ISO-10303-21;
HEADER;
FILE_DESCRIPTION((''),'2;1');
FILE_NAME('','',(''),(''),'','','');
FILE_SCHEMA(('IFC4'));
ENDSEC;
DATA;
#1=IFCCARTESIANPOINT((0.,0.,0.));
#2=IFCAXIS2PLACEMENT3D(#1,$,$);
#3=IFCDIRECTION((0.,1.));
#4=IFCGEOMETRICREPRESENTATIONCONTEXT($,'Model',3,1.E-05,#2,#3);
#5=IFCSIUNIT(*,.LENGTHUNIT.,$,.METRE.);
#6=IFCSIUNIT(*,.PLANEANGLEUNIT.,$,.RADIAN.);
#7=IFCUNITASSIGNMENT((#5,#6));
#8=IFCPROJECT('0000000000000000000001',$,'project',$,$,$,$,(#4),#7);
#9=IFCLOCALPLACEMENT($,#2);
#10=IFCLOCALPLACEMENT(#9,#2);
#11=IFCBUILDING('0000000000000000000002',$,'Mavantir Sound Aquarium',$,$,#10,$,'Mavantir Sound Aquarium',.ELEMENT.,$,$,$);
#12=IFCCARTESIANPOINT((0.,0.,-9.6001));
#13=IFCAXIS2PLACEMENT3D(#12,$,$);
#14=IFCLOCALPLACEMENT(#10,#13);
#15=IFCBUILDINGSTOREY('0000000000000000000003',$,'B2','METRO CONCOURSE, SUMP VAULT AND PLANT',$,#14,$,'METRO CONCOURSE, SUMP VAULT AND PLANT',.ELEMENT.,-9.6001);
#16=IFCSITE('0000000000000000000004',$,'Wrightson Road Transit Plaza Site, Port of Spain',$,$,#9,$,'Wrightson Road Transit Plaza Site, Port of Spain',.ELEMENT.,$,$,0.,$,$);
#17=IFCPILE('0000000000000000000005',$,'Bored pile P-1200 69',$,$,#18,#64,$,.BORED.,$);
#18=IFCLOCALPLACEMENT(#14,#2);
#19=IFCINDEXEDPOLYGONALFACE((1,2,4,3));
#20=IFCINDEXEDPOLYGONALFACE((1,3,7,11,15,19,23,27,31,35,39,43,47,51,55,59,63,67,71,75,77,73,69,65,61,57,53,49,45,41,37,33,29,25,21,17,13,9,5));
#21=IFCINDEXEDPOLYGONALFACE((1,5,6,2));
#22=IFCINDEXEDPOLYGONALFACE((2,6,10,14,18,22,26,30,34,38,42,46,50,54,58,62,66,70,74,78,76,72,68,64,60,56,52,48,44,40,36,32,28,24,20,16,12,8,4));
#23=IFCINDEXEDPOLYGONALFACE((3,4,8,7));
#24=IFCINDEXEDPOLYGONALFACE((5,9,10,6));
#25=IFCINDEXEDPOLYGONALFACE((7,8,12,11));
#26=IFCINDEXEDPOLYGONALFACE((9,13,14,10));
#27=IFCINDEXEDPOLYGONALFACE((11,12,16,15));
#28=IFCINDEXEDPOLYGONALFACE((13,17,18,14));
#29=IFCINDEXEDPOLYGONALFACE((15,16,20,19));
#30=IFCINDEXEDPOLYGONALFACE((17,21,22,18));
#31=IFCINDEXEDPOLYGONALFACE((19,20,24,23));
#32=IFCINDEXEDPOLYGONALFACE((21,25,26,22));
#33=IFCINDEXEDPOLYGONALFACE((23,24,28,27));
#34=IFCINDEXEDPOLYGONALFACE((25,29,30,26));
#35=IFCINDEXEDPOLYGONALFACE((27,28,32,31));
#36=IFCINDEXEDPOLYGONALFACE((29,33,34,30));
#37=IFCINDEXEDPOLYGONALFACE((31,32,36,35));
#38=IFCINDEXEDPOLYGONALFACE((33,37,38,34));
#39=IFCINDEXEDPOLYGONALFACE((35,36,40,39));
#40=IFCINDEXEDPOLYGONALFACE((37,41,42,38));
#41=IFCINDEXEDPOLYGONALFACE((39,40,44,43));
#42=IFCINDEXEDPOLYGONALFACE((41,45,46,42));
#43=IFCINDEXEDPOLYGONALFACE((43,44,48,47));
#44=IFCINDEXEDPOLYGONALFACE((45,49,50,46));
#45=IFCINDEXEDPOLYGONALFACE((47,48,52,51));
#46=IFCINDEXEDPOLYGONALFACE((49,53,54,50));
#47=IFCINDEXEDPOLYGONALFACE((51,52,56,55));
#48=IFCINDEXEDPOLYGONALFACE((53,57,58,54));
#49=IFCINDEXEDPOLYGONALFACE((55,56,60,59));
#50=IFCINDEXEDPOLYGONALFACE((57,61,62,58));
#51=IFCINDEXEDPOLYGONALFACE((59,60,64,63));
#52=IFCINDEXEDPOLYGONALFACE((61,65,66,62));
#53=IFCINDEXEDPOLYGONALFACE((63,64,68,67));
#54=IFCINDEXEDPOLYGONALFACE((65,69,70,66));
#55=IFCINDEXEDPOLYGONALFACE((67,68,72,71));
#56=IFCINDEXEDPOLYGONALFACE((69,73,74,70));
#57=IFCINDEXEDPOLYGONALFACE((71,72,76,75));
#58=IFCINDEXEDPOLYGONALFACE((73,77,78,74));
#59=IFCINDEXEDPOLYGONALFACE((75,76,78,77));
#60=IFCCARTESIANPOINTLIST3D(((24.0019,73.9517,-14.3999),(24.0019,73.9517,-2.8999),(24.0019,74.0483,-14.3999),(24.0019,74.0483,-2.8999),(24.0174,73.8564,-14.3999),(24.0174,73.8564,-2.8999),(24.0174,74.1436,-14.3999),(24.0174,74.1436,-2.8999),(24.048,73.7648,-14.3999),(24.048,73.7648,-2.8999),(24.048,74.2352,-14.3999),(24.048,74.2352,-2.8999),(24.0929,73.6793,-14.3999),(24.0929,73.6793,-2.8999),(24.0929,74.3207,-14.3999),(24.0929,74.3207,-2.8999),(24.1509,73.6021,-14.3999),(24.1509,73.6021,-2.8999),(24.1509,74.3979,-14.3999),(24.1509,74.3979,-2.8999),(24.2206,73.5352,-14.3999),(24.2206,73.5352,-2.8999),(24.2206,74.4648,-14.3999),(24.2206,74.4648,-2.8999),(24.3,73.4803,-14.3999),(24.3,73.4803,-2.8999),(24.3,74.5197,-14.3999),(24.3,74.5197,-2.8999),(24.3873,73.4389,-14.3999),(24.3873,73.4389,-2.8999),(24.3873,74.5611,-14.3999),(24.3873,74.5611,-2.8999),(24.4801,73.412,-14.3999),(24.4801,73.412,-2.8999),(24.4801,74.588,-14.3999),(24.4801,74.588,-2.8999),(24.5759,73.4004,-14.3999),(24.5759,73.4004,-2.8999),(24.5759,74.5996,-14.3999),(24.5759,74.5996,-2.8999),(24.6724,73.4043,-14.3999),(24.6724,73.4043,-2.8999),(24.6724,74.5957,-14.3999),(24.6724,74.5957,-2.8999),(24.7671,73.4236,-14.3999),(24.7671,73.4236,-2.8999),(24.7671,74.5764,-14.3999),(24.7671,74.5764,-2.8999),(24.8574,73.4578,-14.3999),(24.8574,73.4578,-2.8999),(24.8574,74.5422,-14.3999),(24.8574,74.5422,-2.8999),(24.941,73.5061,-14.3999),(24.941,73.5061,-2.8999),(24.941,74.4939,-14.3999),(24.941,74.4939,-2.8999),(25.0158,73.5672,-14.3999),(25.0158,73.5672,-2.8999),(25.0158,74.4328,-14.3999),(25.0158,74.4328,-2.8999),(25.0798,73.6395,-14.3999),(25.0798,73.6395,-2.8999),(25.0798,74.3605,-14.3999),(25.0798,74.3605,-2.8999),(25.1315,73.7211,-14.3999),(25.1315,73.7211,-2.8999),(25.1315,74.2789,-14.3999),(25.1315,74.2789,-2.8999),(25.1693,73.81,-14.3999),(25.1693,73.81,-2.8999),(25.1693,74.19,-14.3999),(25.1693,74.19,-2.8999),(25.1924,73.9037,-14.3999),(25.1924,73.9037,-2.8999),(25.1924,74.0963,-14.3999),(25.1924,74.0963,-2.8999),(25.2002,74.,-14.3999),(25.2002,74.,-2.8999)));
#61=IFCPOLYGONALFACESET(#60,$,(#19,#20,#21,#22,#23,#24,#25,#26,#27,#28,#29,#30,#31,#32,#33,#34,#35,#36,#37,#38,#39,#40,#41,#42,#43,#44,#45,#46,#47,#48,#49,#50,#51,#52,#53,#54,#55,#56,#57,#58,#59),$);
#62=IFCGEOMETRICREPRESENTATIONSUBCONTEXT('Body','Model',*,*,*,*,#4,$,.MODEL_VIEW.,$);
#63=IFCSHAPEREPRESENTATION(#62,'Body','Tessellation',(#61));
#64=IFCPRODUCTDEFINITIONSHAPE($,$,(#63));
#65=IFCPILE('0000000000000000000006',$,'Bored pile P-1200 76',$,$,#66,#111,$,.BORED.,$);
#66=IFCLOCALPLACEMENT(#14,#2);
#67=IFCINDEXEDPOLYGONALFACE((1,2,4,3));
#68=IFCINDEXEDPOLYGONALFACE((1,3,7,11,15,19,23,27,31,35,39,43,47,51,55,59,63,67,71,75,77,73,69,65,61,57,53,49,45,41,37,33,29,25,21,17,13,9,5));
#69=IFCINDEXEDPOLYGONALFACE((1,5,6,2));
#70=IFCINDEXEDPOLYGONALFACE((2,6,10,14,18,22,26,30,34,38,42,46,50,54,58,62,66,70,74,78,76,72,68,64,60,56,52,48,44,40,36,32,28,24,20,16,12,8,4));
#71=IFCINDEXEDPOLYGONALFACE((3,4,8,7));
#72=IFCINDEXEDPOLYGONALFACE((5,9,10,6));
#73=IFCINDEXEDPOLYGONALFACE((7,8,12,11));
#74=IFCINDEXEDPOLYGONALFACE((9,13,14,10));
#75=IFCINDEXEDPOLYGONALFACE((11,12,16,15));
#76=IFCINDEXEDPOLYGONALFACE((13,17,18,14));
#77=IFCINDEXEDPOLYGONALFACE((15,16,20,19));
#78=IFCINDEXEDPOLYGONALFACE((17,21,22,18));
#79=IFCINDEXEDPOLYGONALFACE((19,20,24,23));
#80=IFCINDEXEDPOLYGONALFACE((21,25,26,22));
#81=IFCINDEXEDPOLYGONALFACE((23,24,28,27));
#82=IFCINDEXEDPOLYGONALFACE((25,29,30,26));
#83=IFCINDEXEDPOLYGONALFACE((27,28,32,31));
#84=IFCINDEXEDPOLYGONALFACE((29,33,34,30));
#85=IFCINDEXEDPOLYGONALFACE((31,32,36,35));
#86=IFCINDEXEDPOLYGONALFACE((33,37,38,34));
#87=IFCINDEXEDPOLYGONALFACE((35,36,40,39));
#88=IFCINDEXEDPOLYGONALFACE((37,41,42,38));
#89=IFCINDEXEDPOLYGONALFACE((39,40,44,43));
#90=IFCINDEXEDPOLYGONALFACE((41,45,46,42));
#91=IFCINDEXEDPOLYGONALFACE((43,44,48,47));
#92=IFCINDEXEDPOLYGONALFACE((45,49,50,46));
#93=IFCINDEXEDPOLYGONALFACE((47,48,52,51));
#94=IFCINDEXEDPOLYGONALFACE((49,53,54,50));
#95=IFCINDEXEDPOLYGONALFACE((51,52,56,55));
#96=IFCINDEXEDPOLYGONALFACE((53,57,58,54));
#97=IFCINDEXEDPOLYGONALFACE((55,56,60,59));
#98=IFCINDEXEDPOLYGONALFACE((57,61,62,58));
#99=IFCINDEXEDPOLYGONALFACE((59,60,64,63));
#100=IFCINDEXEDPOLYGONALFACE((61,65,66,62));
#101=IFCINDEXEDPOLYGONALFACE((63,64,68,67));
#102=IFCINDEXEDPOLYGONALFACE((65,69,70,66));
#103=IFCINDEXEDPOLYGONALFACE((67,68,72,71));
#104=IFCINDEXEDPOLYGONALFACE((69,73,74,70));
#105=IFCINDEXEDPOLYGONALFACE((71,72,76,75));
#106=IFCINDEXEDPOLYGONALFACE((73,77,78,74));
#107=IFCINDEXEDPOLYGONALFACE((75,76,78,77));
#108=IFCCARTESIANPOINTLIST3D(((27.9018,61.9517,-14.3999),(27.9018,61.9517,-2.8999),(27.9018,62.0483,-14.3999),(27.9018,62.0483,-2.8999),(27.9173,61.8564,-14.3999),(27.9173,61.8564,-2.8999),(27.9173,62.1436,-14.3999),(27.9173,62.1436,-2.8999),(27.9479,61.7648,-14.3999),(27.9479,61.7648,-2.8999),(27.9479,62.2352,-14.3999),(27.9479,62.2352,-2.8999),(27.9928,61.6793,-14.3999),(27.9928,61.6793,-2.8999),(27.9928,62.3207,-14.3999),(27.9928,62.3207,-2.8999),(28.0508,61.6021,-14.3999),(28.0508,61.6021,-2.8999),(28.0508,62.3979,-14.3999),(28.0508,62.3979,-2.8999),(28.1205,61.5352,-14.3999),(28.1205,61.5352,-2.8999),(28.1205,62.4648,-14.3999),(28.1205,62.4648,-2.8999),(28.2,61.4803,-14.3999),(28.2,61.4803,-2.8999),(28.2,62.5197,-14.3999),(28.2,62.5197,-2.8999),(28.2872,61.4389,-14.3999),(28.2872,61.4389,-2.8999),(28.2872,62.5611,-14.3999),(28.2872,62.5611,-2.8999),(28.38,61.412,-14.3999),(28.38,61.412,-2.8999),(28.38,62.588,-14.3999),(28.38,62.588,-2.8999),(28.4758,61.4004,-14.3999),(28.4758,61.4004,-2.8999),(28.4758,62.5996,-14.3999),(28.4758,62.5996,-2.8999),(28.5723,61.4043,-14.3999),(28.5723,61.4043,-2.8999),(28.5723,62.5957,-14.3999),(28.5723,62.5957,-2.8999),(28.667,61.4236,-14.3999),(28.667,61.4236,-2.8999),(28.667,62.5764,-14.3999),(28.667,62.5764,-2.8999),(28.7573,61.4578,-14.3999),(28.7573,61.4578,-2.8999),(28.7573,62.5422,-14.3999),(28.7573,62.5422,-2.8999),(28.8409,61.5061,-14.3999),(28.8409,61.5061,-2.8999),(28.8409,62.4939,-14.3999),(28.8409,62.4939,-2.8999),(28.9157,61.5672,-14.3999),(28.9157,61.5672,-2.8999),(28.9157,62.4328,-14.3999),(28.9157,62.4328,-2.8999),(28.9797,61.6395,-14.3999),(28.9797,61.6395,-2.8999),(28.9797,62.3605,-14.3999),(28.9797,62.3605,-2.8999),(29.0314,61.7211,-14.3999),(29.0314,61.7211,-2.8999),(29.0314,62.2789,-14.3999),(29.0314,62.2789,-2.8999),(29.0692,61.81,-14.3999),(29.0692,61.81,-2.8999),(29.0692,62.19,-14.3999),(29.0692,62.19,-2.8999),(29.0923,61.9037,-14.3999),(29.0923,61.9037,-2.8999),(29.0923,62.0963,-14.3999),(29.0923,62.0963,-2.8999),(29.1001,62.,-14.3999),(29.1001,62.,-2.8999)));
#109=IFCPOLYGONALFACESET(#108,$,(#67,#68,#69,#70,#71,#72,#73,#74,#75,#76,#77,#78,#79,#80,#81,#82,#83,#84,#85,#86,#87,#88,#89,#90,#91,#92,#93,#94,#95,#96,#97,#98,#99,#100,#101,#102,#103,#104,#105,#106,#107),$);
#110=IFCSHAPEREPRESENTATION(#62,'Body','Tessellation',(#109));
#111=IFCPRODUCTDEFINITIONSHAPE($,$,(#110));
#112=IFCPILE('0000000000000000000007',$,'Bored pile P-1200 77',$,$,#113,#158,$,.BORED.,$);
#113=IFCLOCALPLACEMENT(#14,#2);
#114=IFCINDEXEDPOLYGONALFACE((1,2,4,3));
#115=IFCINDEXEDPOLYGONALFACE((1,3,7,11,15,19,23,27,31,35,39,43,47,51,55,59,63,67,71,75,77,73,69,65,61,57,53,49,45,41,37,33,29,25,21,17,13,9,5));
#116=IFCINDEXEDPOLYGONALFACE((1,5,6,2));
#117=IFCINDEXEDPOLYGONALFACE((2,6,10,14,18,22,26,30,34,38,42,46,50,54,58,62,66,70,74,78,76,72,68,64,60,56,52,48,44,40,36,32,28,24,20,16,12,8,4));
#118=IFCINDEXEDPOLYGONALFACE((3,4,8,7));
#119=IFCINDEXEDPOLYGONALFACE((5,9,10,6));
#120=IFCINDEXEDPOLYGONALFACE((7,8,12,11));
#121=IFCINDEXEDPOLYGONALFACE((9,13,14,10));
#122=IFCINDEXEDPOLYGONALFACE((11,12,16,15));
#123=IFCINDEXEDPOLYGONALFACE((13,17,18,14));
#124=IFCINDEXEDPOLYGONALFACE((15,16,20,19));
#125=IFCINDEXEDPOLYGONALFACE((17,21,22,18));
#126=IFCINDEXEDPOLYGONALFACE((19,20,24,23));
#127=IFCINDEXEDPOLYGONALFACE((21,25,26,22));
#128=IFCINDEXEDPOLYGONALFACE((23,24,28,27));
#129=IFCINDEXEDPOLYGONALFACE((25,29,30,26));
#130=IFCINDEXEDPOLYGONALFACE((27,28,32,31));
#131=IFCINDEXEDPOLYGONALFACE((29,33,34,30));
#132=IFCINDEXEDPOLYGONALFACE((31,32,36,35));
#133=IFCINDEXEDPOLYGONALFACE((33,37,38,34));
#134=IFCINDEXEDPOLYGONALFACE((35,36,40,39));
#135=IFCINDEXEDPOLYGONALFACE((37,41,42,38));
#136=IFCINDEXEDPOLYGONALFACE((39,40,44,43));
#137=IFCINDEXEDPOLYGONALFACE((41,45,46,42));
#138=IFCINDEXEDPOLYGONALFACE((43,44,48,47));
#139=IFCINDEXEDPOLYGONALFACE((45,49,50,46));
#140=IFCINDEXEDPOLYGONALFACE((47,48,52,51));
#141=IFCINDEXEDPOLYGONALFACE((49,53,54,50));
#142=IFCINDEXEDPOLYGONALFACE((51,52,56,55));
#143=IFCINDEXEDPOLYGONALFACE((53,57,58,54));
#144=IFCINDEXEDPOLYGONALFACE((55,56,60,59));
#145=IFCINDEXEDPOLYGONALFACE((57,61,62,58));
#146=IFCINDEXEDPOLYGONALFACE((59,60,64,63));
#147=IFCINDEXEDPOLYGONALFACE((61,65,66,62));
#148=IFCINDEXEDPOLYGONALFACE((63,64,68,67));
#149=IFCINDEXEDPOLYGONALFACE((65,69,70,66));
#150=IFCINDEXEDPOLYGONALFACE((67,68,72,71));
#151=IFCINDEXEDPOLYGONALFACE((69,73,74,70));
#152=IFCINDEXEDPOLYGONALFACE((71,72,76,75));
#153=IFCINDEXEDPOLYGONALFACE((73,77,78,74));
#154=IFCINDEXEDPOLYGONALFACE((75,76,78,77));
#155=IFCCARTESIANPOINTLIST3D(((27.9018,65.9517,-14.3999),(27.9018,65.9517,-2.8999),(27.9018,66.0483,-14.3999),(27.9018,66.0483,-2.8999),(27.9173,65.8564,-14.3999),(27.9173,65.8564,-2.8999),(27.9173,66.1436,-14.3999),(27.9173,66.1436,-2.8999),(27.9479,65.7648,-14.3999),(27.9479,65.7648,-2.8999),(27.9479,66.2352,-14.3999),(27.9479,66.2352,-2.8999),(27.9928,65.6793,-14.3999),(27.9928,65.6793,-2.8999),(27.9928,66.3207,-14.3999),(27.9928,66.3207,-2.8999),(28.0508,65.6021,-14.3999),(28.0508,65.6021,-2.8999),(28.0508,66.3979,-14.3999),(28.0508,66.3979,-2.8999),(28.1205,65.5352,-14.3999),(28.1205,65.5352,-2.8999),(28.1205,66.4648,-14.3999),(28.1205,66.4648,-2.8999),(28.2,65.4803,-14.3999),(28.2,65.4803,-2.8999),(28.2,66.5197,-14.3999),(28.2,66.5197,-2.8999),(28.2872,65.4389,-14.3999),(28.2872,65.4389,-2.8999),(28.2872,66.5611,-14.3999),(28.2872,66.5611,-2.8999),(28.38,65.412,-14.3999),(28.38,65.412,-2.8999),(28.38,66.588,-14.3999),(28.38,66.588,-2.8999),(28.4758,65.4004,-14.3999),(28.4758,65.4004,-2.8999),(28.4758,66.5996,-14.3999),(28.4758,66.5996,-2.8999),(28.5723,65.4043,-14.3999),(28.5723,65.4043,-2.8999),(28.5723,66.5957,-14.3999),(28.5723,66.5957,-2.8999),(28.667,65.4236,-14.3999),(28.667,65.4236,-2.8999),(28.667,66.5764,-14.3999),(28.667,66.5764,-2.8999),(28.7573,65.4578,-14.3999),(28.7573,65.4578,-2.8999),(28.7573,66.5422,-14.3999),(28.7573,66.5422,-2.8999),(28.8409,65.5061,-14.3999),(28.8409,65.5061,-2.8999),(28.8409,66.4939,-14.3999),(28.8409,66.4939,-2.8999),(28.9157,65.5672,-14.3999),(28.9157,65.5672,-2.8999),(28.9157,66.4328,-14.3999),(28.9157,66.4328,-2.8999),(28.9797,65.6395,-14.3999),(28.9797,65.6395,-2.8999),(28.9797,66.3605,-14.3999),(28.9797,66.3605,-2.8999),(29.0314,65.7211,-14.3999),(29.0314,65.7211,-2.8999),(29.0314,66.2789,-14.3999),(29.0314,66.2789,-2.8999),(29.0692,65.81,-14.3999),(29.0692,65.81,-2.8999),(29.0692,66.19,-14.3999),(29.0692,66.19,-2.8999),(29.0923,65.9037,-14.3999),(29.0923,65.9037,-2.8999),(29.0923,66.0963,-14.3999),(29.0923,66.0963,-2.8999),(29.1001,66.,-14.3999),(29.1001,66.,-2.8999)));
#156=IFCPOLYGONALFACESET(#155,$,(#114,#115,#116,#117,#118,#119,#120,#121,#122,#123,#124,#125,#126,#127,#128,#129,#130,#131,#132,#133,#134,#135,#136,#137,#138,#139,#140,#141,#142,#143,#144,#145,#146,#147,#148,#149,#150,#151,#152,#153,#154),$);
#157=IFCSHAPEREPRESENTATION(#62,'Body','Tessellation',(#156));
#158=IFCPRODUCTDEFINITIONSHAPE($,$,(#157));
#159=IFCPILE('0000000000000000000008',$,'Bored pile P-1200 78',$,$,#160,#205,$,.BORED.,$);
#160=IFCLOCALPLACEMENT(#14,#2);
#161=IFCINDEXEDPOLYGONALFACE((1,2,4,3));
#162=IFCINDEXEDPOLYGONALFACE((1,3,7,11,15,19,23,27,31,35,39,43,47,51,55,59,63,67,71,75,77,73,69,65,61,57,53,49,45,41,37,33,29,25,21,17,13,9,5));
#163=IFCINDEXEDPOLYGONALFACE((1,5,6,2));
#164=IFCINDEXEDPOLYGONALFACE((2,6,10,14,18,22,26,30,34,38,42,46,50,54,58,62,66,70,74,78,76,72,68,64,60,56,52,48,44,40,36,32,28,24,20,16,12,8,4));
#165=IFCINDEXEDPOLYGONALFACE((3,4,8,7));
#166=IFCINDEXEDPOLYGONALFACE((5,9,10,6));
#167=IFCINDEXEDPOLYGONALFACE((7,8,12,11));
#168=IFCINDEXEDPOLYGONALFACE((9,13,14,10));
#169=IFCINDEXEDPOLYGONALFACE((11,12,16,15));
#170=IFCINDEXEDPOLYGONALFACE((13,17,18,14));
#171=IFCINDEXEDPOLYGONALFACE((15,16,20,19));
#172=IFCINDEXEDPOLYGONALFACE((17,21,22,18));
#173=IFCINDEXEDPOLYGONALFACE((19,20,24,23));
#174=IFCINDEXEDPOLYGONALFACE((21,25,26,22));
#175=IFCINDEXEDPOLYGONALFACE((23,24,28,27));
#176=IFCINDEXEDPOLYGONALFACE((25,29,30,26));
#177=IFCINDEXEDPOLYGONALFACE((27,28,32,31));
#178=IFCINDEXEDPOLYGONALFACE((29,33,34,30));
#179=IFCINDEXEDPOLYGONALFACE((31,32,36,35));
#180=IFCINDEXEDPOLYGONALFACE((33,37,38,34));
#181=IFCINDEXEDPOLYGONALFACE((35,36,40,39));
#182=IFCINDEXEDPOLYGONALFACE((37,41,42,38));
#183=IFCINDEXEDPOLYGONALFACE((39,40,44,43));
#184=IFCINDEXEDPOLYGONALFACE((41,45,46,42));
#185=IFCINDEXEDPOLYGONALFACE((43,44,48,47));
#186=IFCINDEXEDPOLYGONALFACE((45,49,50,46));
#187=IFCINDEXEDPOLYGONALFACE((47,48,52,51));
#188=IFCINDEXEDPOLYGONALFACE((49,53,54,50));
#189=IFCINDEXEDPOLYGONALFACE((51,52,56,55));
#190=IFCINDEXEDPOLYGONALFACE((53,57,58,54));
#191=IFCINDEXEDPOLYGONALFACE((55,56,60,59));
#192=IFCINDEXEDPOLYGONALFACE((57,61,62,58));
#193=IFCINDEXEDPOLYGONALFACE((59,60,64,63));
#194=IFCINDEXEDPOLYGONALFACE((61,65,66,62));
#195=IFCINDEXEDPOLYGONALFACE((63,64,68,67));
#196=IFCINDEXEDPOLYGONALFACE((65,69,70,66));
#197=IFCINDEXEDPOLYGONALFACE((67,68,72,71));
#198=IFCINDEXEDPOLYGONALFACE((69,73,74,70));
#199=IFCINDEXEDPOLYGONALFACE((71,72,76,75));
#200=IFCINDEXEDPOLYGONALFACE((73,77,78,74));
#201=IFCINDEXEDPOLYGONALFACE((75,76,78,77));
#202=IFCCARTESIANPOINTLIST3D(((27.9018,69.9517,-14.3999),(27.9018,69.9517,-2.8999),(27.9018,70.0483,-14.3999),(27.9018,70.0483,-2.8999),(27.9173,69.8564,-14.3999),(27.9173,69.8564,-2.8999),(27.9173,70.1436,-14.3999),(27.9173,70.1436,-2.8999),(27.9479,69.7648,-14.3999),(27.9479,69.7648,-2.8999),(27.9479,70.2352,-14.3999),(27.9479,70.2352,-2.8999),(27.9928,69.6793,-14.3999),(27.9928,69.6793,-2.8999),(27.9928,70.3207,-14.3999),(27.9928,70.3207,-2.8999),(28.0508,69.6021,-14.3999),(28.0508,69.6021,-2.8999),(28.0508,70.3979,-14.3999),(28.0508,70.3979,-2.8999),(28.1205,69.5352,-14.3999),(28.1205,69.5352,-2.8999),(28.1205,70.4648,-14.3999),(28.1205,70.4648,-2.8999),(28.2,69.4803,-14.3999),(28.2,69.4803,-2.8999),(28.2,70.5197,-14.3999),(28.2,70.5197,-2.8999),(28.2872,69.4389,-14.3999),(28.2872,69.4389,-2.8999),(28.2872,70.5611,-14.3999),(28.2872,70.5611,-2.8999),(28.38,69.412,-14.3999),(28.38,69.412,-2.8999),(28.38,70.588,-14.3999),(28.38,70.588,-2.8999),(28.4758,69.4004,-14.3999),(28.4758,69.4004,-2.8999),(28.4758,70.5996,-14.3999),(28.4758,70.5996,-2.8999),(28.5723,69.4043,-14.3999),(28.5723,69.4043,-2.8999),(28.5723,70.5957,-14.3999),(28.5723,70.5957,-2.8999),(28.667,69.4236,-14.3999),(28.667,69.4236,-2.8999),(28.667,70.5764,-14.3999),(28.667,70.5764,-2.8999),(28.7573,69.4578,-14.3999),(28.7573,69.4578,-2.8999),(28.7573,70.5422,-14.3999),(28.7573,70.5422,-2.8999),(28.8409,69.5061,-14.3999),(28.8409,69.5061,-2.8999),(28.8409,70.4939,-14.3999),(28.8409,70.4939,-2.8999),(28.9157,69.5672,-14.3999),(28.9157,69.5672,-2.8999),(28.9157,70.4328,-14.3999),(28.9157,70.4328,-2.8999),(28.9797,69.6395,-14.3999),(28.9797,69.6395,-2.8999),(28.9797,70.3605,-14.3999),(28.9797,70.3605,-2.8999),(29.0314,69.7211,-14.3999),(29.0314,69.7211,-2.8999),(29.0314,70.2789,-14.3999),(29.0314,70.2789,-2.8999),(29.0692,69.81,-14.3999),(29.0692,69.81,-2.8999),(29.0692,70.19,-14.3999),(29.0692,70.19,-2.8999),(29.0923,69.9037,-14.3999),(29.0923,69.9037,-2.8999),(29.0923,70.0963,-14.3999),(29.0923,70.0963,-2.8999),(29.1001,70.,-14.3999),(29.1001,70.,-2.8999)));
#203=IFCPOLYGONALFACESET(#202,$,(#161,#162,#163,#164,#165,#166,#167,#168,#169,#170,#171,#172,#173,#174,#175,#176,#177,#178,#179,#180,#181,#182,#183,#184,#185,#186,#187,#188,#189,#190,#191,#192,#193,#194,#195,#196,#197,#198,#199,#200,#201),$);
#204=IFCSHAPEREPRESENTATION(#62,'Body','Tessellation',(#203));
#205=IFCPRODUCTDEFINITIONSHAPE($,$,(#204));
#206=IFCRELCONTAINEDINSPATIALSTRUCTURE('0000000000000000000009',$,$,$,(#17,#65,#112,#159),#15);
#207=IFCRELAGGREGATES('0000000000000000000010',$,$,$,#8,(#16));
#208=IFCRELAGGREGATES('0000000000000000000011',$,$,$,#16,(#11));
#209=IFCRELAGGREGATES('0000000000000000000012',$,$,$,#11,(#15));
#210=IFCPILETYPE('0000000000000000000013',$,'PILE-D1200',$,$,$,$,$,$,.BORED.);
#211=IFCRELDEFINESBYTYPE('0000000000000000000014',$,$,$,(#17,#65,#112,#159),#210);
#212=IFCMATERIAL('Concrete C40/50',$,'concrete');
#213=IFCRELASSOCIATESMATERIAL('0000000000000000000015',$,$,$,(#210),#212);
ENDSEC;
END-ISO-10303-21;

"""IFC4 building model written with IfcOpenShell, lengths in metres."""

from ifc_helpers import new_model, si_unit, direction, frame, origin, origin_2d, place, context, subcontext, project, spatial, circle, extrude, material, material_profile, profile_set, type_object, element, save


model = new_model("IFC4")

# Units and contexts
model_context = context("Model", 3, precision=1e-05, world=origin(), true_north=direction((0.0, 1.0)))
body_context = subcontext(model_context, "Body", "Model", "MODEL_VIEW")
ifc_project = project(units=[si_unit("LENGTHUNIT", "METRE"), si_unit("PLANEANGLEUNIT", "RADIAN")], contexts=[model_context])

# Site, building, storey
site_placement = place(None, origin())
site = spatial("IfcSite", under=ifc_project, at=site_placement, Name="Wrightson Road Transit Plaza Site, Port of Spain", LongName="Wrightson Road Transit Plaza Site, Port of Spain", CompositionType="ELEMENT", RefElevation=0.0)
building_placement = place(site_placement, origin())
building = spatial("IfcBuilding", under=site, at=building_placement, Name="Mavantir Sound Aquarium", LongName="Mavantir Sound Aquarium", CompositionType="ELEMENT")
storey_placement = place(building_placement, frame((0.0, 0.0, -9.6001)))
storey = spatial("IfcBuildingStorey", under=building, at=storey_placement, Name="B2", Description="METRO CONCOURSE, SUMP VAULT AND PLANT", LongName="METRO CONCOURSE, SUMP VAULT AND PLANT", CompositionType="ELEMENT", Elevation=-9.6001)

# Shared definitions
ifc_material_1 = material(Name="Concrete C40/50", Category="concrete")

# Piles
ifc_material_profile_1 = material_profile(ifc_material_1, circle(Radius=0.6001, at=origin_2d()), Name="PILE D1200")
ifc_profile_set_1 = profile_set([ifc_material_profile_1], Name="Concrete C40/50")
pile_type = type_object("IfcPileType", Name="PILE-D1200", PredefinedType="BORED", material=ifc_profile_set_1)
for number, where, z_axis, x_axis, name in (
    (1, (24.6001, 74.0, -2.8999), (0.0, 0.0, -1.0), (1.0, 0.0, 0.0), "Bored pile P-1200 69"),
    (2, (28.5, 62.0, -2.8999), (0.0, 0.0, -1.0), (1.0, 0.0, 0.0), "Bored pile P-1200 76"),
    (3, (28.5, 66.0, -2.8999), (0.0, 0.0, -1.0), (1.0, 0.0, 0.0), "Bored pile P-1200 77"),
    (4, (28.5, 70.0, -2.8999), (0.0, 0.0, -1.0), (1.0, 0.0, 0.0), "Bored pile P-1200 78"),
):
    element("IfcPile", number, at=place(storey_placement, frame(where, z_axis=z_axis, x_axis=x_axis)), inside=storey, type_object=pile_type, Name=name, PredefinedType="BORED", context=body_context, shape_type="SweptSolid", body=[
        extrude(circle(Radius=0.6001, at=origin_2d()), origin(), (0.0, 0.0, 1.0), 11.5),
    ])

save(model, "model.ifc")
